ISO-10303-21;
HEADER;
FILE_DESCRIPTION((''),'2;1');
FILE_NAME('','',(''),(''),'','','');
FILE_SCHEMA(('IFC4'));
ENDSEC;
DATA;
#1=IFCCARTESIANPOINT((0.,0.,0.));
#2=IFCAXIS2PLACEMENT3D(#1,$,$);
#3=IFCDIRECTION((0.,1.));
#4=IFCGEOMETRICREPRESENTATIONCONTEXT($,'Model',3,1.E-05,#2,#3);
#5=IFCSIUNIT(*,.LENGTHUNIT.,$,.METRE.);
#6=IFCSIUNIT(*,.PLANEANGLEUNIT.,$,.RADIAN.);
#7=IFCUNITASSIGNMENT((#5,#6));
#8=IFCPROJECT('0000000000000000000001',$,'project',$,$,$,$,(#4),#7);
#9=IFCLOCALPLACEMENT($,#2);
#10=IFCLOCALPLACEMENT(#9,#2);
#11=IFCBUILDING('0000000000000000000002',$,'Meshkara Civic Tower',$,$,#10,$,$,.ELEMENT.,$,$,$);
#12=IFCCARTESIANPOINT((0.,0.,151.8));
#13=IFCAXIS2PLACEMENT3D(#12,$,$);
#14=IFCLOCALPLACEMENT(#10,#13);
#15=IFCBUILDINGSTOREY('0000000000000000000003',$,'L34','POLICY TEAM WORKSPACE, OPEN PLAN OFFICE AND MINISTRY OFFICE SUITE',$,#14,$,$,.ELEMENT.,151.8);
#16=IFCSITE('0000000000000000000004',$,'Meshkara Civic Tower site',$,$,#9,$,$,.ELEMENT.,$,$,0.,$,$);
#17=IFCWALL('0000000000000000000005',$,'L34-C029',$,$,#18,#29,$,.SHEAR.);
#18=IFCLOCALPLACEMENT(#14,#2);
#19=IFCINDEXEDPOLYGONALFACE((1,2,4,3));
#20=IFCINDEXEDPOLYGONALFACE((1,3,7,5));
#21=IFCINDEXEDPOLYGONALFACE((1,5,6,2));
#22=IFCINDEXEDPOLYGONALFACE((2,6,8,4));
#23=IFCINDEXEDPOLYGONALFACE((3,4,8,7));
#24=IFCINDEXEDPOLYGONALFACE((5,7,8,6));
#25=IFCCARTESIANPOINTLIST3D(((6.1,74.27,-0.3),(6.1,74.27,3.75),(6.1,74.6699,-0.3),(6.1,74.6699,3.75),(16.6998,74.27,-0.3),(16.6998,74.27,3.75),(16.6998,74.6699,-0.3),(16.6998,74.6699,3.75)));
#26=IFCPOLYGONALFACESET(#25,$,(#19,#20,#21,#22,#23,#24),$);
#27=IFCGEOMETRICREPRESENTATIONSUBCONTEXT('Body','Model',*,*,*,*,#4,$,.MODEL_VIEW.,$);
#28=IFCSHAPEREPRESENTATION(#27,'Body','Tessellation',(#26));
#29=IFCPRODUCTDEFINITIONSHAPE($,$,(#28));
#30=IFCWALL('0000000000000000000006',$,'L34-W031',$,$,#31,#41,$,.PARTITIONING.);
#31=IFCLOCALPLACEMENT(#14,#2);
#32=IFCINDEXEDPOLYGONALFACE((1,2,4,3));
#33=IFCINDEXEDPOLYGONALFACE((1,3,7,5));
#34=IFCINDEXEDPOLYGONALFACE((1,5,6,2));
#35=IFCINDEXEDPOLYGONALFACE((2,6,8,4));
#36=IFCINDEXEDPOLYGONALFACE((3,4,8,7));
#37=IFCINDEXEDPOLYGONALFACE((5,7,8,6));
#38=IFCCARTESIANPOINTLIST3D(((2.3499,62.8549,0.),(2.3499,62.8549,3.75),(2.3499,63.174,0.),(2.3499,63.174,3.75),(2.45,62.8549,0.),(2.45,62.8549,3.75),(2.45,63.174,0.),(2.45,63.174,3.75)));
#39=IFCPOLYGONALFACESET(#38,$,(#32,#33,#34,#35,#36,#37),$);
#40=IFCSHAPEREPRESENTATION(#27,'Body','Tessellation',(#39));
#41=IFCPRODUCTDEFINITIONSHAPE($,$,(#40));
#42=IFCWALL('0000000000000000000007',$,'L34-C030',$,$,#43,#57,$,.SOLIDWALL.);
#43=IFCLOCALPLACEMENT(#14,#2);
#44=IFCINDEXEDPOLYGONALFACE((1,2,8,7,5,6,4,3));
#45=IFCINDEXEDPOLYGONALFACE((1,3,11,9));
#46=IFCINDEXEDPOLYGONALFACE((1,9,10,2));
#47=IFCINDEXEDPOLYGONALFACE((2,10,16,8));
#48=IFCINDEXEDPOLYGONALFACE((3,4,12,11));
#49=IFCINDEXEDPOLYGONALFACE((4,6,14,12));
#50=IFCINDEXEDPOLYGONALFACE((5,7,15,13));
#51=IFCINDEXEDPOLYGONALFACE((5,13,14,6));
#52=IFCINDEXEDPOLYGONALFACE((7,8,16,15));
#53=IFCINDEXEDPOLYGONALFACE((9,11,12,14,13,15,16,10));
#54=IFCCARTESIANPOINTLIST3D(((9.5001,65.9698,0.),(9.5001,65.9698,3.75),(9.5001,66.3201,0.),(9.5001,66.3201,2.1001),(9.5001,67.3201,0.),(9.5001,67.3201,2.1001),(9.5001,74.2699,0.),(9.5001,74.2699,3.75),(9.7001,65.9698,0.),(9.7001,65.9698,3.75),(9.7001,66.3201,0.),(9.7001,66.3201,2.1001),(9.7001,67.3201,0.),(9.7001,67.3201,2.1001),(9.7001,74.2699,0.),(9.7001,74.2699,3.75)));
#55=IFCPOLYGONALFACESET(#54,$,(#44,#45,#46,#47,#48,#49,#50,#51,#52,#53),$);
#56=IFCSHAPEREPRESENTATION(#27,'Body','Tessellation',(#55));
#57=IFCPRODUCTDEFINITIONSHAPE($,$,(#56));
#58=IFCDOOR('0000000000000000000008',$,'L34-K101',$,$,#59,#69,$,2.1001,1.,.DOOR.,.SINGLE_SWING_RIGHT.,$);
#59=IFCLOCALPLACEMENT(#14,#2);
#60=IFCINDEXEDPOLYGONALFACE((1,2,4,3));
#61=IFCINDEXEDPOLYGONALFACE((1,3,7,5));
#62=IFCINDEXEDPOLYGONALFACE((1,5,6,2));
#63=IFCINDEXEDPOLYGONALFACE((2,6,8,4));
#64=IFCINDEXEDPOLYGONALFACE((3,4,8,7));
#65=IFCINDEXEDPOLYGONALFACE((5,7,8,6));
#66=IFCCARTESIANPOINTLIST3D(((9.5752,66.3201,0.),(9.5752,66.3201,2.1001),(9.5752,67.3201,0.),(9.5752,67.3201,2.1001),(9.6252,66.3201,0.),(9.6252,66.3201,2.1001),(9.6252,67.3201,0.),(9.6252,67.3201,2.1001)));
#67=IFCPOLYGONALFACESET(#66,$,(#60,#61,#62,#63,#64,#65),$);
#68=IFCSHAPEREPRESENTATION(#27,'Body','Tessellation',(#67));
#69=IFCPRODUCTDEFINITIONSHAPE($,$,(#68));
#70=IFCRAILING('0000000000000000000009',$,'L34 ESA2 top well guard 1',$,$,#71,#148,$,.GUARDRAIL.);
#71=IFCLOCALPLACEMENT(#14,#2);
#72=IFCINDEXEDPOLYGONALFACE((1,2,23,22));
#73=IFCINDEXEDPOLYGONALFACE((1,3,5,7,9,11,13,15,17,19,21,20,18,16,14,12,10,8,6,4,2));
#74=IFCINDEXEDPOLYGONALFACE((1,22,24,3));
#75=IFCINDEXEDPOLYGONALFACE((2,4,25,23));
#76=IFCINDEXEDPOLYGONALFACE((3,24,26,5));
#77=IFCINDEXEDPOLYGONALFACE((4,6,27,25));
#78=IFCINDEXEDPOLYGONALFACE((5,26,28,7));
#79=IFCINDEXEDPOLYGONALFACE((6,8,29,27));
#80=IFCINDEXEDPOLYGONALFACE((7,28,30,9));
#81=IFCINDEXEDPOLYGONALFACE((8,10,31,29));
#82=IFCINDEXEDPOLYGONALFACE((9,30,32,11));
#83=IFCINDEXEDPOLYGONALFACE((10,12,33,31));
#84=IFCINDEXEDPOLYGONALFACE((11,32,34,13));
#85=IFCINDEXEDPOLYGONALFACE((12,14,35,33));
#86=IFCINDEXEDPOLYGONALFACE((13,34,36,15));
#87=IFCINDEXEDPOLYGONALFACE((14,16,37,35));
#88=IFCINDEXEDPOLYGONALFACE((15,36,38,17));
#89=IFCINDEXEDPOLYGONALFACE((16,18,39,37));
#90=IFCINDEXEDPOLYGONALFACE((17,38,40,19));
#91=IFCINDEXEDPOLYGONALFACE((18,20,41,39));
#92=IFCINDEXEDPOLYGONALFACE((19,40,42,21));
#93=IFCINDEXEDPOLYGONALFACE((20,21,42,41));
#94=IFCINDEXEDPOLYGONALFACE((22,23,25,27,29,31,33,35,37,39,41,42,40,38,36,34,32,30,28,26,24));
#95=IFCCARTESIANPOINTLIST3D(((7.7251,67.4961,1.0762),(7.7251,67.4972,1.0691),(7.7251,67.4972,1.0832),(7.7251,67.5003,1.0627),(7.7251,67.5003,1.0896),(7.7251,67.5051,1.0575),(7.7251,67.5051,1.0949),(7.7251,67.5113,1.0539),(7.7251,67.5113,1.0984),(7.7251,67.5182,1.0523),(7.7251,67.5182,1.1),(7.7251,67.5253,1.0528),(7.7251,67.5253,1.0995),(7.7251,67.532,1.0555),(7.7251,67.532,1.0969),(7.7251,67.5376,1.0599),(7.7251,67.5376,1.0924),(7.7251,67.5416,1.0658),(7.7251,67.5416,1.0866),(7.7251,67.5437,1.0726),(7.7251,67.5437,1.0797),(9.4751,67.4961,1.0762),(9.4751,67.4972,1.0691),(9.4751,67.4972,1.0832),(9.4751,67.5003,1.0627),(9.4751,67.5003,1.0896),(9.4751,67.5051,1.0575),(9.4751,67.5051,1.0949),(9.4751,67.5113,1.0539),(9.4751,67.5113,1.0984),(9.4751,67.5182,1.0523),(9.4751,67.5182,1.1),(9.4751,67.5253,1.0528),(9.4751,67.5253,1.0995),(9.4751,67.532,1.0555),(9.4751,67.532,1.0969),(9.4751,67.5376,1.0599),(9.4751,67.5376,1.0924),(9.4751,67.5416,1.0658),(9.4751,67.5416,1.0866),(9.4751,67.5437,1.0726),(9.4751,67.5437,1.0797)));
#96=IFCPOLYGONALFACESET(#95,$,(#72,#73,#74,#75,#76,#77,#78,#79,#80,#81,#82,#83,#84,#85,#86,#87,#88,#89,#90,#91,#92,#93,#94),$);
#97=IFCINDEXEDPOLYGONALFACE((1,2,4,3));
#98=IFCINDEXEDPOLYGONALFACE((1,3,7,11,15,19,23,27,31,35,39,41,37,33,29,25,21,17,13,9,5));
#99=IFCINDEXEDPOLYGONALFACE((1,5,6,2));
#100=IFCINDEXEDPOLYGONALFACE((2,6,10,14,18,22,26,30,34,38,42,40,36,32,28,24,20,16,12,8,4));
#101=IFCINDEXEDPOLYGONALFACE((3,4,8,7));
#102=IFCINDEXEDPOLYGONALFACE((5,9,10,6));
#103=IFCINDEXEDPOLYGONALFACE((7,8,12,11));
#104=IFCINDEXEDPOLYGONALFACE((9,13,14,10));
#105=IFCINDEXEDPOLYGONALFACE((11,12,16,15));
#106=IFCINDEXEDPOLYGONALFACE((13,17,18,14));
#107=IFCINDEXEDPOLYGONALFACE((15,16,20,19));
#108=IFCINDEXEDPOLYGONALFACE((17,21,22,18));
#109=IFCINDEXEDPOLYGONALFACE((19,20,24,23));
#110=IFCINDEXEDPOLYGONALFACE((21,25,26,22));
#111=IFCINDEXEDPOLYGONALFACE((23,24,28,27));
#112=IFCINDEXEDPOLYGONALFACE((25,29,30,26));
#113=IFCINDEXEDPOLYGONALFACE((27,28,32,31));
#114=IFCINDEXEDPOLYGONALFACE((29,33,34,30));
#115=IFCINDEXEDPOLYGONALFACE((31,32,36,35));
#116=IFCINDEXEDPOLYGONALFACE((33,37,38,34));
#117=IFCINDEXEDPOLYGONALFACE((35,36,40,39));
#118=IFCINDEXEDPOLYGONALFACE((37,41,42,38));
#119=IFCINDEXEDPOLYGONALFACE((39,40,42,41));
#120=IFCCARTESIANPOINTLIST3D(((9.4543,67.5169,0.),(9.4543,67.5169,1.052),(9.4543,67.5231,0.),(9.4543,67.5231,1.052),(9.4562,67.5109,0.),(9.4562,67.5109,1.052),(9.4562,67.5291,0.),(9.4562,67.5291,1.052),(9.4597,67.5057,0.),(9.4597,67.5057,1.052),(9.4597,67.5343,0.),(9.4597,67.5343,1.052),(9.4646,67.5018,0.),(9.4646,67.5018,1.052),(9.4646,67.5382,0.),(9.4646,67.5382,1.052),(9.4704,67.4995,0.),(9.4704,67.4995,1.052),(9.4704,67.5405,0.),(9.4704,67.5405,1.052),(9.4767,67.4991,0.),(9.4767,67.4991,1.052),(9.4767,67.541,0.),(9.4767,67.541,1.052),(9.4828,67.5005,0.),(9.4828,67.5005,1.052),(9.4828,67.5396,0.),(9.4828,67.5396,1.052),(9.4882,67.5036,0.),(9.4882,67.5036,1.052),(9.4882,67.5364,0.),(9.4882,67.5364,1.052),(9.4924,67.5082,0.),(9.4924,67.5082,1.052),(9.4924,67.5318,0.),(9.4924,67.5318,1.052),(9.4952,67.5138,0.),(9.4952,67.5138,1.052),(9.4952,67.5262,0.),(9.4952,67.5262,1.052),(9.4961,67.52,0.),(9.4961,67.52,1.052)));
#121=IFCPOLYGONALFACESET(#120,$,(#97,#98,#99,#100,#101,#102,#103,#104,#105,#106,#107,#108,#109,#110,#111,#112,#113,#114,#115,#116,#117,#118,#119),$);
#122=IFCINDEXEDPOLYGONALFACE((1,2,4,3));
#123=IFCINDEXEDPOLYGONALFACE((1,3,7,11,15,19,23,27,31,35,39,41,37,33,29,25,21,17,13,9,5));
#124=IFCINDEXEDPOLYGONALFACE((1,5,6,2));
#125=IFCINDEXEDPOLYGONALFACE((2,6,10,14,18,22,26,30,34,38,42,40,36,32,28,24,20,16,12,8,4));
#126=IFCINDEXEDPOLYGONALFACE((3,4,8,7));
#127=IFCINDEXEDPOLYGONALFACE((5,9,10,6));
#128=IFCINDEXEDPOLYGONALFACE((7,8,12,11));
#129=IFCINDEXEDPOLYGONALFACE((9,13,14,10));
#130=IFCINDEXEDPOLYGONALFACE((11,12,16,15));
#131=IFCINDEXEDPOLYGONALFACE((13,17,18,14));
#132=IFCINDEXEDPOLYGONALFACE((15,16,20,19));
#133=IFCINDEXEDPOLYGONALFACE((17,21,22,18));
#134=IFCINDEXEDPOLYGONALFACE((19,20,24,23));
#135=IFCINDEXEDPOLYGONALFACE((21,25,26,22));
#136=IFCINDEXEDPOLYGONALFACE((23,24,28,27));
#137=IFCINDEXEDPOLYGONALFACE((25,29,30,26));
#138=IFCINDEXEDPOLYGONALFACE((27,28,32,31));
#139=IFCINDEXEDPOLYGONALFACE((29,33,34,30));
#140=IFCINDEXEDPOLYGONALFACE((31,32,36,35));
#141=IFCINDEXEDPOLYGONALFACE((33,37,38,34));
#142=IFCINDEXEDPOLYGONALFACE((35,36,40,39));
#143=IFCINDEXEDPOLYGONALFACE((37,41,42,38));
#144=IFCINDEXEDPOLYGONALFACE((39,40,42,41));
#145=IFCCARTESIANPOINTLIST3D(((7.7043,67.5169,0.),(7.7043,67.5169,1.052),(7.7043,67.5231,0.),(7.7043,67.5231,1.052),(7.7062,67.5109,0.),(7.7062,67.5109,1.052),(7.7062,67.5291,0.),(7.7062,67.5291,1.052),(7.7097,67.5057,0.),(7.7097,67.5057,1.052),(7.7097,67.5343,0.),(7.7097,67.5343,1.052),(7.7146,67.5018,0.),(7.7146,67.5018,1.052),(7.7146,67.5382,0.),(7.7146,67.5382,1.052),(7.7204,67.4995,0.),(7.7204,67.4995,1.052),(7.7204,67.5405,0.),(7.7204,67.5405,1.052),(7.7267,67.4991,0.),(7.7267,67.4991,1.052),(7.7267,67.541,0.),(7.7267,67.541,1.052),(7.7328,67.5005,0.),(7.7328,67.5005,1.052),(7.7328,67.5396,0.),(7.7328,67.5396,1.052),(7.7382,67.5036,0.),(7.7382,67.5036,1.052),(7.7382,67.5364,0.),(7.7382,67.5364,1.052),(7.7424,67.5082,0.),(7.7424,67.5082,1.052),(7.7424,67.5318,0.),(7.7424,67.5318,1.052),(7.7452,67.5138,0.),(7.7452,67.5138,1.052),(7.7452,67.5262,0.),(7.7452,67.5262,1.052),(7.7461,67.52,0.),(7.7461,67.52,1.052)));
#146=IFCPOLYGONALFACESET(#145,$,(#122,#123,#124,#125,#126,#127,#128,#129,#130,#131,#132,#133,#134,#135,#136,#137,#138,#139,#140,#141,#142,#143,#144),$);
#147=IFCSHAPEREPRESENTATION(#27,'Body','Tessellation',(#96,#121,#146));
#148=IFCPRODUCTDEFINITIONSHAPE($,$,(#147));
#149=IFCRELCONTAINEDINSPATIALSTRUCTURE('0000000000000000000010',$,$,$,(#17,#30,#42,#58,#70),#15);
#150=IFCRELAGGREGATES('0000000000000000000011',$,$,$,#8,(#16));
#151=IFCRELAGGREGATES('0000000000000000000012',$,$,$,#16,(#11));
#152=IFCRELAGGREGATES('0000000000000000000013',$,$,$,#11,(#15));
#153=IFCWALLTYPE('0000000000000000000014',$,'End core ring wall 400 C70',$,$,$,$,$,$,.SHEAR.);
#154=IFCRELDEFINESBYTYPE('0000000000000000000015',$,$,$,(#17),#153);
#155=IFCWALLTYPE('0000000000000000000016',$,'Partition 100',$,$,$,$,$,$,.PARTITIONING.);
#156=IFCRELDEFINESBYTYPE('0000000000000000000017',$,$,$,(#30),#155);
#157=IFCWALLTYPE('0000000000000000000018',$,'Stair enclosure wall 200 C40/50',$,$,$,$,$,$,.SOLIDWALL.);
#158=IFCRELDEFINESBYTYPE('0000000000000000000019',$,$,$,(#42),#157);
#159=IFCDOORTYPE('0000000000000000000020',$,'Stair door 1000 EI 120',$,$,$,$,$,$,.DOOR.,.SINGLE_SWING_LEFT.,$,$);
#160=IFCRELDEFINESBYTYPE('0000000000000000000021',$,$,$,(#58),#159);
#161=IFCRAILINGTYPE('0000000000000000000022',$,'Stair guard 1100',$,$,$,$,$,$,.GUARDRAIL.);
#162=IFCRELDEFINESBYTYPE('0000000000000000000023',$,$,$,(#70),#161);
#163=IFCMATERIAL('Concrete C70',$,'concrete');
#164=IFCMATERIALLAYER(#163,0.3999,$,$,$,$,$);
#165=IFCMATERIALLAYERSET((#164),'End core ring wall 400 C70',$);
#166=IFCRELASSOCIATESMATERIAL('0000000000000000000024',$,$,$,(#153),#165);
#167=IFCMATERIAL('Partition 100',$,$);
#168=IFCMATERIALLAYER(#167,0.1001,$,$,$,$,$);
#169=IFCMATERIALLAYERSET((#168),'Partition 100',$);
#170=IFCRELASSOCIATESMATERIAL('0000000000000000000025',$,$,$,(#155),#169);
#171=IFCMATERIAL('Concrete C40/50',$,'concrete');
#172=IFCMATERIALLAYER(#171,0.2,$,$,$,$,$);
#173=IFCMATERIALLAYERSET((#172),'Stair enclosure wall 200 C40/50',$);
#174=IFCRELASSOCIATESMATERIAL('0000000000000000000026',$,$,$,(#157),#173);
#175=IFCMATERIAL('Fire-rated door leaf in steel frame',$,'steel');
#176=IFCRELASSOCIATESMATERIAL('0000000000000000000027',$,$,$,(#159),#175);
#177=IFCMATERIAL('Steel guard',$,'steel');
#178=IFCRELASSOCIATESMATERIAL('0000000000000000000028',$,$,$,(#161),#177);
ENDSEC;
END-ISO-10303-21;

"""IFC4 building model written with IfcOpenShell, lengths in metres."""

from ifc_helpers import new_model, si_unit, direction, frame, frame_2d, origin, origin_2d, place, context, subcontext, project, spatial, rectangle, circle, extrude, material, layer, layer_set, type_object, element, fill, save


model = new_model("IFC4")

# Units and contexts
model_context = context("Model", 3, precision=1e-05, world=origin(), true_north=direction((0.0, 1.0)))
body_context = subcontext(model_context, "Body", "Model", "MODEL_VIEW")
ifc_project = project(units=[si_unit("LENGTHUNIT", "METRE"), si_unit("PLANEANGLEUNIT", "RADIAN")], contexts=[model_context])

# Site, building, storey
site_placement = place(None, origin())
site = spatial("IfcSite", under=ifc_project, at=site_placement, Name="Meshkara Civic Tower site", CompositionType="ELEMENT", RefElevation=0.0)
building_placement = place(site_placement, origin())
building = spatial("IfcBuilding", under=site, at=building_placement, Name="Meshkara Civic Tower", CompositionType="ELEMENT")
storey_placement = place(building_placement, frame((0.0, 0.0, 151.8)))
storey = spatial("IfcBuildingStorey", under=building, at=storey_placement, Name="L34", Description="POLICY TEAM WORKSPACE, OPEN PLAN OFFICE AND MINISTRY OFFICE SUITE", CompositionType="ELEMENT", Elevation=151.8)

# Shared definitions
ifc_material_1 = material(Name="Concrete C70", Category="concrete")
ifc_layer_1 = layer(ifc_material_1, 0.3999)
ifc_layer_set_1 = layer_set([ifc_layer_1], Name="End core ring wall 400 C70")
wall_type_1 = type_object("IfcWallType", Name="End core ring wall 400 C70", PredefinedType="SHEAR", material=ifc_layer_set_1)

# Walls
wall_1_placement = place(storey_placement, frame((6.1001, 74.47, -0.3), z_axis=(0.0, 0.0, 1.0), x_axis=(1.0, 0.0, 0.0)))
element("IfcWall", 1, at=wall_1_placement, inside=storey, type_object=wall_type_1, Name="L34-C029", PredefinedType="SHEAR", context=body_context, shape_type="SweptSolid", body=[
    extrude(rectangle(XDim=10.5999, YDim=0.3999, at=frame_2d((5.2998, 0.0))), origin(), (0.0, 0.0, 1.0), 4.05),
])
ifc_material_2 = material(Name="Partition 100")
ifc_layer_2 = layer(ifc_material_2, 0.1001)
ifc_layer_set_2 = layer_set([ifc_layer_2], Name="Partition 100")
wall_type_2 = type_object("IfcWallType", Name="Partition 100", PredefinedType="PARTITIONING", material=ifc_layer_set_2)
wall_2_placement = place(storey_placement, frame((2.3999, 63.1741, 0.0), z_axis=(0.0, 0.0, 1.0), x_axis=(0.0, -1.0, 0.0)))
element("IfcWall", 2, at=wall_2_placement, inside=storey, type_object=wall_type_2, Name="L34-W031", PredefinedType="PARTITIONING", context=body_context, shape_type="SweptSolid", body=[
    extrude(rectangle(XDim=0.3191, YDim=0.1001, at=frame_2d((0.1597, 0.0))), origin(), (0.0, 0.0, 1.0), 3.75),
])

# Wall, opening, door
ifc_material_3 = material(Name="Concrete C40/50", Category="concrete")
ifc_layer_3 = layer(ifc_material_3, 0.2)
ifc_layer_set_3 = layer_set([ifc_layer_3], Name="Stair enclosure wall 200 C40/50")
wall_type_3 = type_object("IfcWallType", Name="Stair enclosure wall 200 C40/50", PredefinedType="SOLIDWALL", material=ifc_layer_set_3)
wall_3_placement = place(storey_placement, frame((9.6001, 65.97, 0.0), z_axis=(0.0, 0.0, 1.0), x_axis=(0.0, 1.0, 0.0)))
wall_3 = element("IfcWall", 3, at=wall_3_placement, inside=storey, type_object=wall_type_3, Name="L34-C030", PredefinedType="SOLIDWALL", context=body_context, shape_type="SweptSolid", body=[
    extrude(rectangle(XDim=8.3, YDim=0.2, at=frame_2d((4.1499, 0.0))), origin(), (0.0, 0.0, 1.0), 3.75),
])
opening_1_placement = place(wall_3_placement, frame((0.3501, 0.0, 0.0)))
opening_1 = element("IfcOpeningElement", 4, at=opening_1_placement, cuts=wall_3, PredefinedType="OPENING", context=body_context, shape_type="SweptSolid", body=[
    extrude(rectangle(XDim=1.0, YDim=2.1001, at=frame_2d((0.5, 1.05))), frame((0.0, 0.1099, 0.0), z_axis=(0.0, -1.0, 0.0), x_axis=(1.0, 0.0, 0.0)), (0.0, 0.0, 1.0), 0.22),
])
ifc_material_4 = material(Name="Fire-rated door leaf in steel frame", Category="steel")
door_type_1 = type_object("IfcDoorType", Name="Stair door 1000 EI 120", OperationType="SINGLE_SWING_LEFT", PredefinedType="DOOR", material=ifc_material_4)
door_1_placement = place(opening_1_placement, origin())
door_1 = element("IfcDoor", 5, at=door_1_placement, inside=storey, type_object=door_type_1, Name="L34-K101", OperationType="SINGLE_SWING_RIGHT", OverallHeight=2.1001, OverallWidth=1.0, PredefinedType="DOOR", context=body_context, shape_type="SweptSolid", body=[
    extrude(rectangle(XDim=1.0, YDim=2.1001, at=frame_2d((0.5, 1.05))), frame((0.0, 0.0249, 0.0), z_axis=(0.0, -1.0, 0.0), x_axis=(1.0, 0.0, 0.0)), (0.0, 0.0, 1.0), 0.05),
])
fill(opening_1, door_1)

# Railing
ifc_material_5 = material(Name="Steel guard", Category="steel")
railing_type = type_object("IfcRailingType", Name="Stair guard 1100", PredefinedType="GUARDRAIL", material=ifc_material_5)
railing_placement = place(storey_placement, frame((9.4751, 67.52, 0.0)))
element("IfcRailing", 6, at=railing_placement, inside=storey, type_object=railing_type, Name="L34 ESA2 top well guard 1", PredefinedType="GUARDRAIL", context=body_context, shape_type="SweptSolid", body=[
    extrude(circle(Radius=0.0239, at=origin_2d()), frame((0.0, 0.0, 1.0762), z_axis=(-1.0, 0.0, 0.0), x_axis=(0.0, -1.0, 0.0)), (0.0, 0.0, 1.0), 1.75),
    extrude(circle(Radius=0.021, at=origin_2d()), origin(), (0.0, 0.0, 1.0), 1.052),
    extrude(circle(Radius=0.021, at=origin_2d()), frame((-1.75, 0.0, 0.0)), (0.0, 0.0, 1.0), 1.052),
])

save(model, "model.ifc")
